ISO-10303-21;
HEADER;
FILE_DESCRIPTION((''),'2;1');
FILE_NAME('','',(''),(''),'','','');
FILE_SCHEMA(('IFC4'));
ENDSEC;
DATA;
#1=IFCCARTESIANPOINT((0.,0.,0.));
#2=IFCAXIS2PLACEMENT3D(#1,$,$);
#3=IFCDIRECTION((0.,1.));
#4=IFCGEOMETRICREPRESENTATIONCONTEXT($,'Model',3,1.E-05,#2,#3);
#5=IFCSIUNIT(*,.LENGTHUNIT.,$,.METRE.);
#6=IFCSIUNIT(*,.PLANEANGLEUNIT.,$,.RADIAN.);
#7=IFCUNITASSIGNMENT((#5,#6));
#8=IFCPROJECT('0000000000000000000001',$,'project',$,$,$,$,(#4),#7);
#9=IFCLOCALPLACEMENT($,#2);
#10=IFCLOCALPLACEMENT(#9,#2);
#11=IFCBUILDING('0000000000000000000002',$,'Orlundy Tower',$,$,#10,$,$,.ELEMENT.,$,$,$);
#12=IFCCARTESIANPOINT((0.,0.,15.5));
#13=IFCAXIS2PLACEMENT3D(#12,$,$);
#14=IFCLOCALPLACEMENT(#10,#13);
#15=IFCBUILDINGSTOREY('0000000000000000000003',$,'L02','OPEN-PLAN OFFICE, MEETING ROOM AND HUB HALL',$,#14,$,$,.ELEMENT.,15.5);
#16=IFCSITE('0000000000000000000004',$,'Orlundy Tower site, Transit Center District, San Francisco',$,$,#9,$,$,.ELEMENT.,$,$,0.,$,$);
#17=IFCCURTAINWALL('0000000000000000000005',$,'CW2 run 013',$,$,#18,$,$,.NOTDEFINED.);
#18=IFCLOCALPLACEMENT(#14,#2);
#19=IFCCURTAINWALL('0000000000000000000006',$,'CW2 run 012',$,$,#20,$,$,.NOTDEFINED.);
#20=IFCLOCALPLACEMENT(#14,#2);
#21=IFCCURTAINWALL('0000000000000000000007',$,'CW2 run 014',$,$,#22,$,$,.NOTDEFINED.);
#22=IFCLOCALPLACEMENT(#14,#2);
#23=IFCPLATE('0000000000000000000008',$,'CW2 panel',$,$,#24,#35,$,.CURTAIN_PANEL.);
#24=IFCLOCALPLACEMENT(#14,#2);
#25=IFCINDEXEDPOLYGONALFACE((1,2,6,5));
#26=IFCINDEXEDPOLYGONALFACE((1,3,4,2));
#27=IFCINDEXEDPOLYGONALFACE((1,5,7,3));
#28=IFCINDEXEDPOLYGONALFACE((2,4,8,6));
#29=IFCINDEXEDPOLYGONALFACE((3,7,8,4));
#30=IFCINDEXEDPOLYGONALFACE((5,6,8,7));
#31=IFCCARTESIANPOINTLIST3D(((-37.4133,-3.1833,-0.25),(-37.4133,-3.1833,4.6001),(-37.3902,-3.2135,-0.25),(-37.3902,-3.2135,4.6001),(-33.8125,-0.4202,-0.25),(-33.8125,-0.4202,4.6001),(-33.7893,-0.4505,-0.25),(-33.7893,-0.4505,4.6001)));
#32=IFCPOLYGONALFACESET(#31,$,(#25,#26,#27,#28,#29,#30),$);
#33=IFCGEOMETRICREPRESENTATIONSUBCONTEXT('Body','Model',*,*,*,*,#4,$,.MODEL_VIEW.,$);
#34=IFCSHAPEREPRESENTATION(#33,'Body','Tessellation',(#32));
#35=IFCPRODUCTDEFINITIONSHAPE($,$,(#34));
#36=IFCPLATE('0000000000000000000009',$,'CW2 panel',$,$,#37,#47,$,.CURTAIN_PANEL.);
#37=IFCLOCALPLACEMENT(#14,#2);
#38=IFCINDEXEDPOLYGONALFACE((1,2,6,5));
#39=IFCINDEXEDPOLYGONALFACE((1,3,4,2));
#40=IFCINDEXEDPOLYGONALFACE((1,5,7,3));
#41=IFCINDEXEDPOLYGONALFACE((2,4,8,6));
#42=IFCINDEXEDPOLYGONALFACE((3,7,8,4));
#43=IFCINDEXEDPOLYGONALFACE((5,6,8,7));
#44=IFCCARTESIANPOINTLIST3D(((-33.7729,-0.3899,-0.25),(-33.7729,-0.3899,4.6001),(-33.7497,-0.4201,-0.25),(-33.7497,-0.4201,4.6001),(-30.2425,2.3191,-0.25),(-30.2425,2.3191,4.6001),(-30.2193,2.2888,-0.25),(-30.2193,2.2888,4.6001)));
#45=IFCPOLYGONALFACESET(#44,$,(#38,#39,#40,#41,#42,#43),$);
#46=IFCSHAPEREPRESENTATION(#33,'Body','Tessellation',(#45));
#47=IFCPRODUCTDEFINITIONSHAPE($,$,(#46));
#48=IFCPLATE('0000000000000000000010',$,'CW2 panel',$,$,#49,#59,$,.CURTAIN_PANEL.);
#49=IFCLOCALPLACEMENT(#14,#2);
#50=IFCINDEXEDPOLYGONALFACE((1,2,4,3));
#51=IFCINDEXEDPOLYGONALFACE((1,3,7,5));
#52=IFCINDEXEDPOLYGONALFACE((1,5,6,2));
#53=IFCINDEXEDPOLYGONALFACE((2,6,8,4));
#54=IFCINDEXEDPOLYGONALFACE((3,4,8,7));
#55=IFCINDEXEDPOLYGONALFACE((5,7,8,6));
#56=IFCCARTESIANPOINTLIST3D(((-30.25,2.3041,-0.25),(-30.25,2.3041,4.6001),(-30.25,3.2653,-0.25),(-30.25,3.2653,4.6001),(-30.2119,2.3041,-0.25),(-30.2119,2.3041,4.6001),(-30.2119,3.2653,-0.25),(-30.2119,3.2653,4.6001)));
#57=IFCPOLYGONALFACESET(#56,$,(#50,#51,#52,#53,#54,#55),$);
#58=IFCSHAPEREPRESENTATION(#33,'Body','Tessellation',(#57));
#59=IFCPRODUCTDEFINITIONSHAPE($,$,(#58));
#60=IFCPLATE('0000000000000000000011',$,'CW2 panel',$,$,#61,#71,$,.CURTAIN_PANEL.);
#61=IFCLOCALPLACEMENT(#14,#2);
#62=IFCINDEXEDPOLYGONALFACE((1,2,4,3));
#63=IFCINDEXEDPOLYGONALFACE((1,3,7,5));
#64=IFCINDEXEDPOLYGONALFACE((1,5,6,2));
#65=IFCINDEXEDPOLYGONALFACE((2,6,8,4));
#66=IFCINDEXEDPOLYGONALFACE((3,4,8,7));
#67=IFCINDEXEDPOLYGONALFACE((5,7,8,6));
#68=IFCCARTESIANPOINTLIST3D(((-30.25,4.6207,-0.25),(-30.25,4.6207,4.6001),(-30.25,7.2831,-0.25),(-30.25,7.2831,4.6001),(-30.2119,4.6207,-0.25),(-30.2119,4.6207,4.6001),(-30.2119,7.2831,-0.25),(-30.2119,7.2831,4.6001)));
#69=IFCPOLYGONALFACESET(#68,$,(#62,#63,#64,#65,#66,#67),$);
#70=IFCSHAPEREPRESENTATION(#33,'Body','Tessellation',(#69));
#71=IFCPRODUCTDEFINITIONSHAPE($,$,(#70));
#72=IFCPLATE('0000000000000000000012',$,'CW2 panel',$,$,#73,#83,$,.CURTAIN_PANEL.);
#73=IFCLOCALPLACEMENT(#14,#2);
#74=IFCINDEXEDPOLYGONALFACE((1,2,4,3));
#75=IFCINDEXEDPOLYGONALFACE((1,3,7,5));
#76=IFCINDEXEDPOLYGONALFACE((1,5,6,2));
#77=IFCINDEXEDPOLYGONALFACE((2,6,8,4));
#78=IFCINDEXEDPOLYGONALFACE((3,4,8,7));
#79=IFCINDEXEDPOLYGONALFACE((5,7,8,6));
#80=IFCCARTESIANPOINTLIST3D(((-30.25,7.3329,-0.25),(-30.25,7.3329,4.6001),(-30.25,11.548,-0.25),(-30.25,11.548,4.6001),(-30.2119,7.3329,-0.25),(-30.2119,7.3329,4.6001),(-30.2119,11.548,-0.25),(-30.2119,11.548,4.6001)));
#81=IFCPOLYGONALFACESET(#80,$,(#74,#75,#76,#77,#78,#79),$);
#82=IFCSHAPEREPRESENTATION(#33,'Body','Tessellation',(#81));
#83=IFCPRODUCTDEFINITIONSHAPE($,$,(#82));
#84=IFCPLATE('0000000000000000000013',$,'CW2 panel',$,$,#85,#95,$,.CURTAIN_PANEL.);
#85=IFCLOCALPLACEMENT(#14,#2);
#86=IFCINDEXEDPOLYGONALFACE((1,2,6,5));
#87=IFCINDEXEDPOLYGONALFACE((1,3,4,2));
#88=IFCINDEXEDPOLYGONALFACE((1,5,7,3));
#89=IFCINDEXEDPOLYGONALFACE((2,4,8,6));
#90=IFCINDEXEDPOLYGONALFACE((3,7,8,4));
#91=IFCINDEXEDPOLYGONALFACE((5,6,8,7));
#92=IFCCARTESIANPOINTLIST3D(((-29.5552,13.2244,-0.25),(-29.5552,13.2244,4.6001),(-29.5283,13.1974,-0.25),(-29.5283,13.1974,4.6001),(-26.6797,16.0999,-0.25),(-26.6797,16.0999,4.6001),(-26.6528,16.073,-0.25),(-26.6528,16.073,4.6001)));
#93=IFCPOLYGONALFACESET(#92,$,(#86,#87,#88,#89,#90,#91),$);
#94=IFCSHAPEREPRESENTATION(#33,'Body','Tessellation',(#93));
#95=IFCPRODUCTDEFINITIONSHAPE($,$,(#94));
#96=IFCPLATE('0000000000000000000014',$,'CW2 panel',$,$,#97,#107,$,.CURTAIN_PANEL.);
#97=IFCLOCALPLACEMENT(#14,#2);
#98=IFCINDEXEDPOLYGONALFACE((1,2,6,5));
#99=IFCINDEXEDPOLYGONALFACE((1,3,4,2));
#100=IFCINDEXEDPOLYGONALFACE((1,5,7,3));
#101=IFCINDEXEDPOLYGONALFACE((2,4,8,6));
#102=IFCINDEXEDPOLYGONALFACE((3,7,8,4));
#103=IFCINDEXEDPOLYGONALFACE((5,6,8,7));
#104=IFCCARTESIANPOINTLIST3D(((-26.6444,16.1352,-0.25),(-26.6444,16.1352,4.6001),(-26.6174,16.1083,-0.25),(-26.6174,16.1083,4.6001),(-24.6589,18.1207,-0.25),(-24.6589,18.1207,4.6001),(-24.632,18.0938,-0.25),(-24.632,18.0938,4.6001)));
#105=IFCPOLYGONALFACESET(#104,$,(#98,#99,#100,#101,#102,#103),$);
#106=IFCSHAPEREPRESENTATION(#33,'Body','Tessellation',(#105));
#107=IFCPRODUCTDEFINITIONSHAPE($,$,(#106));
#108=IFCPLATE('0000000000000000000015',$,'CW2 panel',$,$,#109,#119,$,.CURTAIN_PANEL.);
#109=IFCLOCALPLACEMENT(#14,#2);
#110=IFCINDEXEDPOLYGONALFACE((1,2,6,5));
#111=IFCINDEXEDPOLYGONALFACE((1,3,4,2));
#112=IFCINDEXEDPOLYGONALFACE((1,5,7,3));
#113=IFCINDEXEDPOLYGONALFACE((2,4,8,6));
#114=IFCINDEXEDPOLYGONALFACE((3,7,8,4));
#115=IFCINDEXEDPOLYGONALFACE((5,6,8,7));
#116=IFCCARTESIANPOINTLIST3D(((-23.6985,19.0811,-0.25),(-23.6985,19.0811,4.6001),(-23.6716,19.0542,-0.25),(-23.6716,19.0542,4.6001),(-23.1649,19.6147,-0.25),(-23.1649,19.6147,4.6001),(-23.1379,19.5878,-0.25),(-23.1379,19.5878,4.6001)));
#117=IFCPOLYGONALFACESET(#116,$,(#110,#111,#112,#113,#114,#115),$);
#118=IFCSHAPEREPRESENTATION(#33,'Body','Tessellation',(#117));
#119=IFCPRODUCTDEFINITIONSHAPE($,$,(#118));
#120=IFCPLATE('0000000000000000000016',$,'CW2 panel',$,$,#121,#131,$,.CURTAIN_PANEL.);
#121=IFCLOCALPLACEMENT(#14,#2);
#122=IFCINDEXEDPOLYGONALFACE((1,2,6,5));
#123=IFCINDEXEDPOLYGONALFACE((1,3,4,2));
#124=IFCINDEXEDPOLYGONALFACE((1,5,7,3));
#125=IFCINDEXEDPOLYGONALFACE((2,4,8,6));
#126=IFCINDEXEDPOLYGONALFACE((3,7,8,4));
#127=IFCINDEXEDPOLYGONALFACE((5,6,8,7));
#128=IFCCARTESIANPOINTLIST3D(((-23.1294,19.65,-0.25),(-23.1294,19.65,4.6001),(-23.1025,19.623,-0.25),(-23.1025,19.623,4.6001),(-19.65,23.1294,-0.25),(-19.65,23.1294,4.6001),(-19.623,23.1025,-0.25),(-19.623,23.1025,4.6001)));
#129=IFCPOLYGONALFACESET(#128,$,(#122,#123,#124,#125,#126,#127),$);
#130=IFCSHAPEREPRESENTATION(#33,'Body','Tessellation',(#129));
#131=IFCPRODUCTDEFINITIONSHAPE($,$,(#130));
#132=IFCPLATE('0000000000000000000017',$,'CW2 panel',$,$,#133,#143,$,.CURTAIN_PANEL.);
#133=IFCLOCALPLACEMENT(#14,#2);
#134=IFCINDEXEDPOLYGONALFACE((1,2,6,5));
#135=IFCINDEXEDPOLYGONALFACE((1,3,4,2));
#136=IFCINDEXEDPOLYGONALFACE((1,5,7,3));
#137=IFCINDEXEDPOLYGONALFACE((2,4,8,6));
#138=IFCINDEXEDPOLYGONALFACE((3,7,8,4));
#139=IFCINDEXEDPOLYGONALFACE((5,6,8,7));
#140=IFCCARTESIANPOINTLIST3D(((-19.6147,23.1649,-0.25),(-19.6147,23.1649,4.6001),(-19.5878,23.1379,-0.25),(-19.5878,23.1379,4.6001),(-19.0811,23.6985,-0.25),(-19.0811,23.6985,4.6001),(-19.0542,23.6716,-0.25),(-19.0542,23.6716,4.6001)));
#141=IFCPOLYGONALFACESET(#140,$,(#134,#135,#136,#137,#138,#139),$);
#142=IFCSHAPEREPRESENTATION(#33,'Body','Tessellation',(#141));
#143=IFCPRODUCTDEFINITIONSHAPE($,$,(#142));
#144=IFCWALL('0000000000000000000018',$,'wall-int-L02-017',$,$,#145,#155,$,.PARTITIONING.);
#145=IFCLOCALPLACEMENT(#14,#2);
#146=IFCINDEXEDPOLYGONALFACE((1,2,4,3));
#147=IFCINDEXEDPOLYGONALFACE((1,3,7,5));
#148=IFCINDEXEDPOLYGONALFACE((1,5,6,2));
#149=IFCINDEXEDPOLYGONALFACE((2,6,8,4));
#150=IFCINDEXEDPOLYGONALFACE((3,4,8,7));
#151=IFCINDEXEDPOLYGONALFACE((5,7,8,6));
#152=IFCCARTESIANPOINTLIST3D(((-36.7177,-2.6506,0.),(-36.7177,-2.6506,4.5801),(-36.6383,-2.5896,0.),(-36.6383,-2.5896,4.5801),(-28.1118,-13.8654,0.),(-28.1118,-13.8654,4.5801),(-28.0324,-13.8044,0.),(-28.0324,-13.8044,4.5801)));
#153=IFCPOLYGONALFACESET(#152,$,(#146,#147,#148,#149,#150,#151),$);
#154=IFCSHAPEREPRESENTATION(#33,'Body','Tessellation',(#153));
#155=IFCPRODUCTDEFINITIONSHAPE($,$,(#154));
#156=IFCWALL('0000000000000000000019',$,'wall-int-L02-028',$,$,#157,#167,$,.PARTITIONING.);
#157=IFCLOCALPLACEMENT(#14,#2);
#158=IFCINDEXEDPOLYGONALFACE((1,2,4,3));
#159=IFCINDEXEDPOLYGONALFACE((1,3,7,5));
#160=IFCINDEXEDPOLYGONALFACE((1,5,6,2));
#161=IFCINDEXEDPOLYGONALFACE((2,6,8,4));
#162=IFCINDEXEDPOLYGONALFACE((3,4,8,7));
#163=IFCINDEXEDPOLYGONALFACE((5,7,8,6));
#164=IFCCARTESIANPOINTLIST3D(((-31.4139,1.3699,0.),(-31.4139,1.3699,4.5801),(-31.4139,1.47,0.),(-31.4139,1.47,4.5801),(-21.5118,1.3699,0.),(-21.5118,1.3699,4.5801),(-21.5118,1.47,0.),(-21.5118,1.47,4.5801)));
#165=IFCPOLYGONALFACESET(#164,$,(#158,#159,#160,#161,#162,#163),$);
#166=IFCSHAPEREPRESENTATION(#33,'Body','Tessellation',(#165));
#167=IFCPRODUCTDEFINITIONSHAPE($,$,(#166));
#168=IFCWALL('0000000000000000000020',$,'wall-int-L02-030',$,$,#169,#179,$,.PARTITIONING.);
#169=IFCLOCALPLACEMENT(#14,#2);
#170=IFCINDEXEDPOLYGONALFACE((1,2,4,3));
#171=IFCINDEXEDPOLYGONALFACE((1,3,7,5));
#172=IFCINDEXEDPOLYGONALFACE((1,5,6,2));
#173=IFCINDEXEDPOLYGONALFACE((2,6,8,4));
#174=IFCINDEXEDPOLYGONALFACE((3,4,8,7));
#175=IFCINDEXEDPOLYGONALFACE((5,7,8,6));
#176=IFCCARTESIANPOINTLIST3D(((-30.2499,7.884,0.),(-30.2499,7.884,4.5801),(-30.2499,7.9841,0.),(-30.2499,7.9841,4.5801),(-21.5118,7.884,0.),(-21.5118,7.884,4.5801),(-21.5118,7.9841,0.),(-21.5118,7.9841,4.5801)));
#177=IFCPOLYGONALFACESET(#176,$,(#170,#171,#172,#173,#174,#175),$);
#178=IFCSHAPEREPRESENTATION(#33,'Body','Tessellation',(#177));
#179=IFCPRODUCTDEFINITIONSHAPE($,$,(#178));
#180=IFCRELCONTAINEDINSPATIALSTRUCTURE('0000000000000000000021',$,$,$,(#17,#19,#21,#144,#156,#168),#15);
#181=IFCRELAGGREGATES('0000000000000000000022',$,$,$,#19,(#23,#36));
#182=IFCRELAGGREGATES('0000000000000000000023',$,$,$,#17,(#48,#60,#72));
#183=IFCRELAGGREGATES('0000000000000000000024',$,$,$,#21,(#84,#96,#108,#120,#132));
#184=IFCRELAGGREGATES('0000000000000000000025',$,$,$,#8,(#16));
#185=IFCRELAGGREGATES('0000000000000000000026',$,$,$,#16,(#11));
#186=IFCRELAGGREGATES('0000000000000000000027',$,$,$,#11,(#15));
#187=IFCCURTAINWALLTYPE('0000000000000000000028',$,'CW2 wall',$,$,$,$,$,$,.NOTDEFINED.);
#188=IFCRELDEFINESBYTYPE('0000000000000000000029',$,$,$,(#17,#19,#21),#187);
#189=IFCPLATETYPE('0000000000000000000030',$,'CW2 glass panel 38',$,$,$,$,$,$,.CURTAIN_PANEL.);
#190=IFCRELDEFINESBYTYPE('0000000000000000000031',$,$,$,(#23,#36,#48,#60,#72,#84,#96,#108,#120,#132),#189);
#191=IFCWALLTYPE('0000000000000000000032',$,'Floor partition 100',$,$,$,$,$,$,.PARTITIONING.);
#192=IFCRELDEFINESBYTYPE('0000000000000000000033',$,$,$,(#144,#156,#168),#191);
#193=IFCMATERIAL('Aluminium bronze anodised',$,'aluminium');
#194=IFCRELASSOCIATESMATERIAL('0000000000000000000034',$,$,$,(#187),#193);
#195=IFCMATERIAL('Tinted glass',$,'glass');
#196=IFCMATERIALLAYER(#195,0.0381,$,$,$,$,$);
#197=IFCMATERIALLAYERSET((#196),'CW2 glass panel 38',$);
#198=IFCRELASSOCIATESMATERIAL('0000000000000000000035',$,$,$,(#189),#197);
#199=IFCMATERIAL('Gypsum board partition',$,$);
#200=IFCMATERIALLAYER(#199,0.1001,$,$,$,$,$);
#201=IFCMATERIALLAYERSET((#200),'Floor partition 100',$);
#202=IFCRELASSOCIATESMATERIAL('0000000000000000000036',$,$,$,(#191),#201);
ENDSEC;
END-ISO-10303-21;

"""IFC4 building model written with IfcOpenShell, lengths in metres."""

from ifc_helpers import new_model, si_unit, direction, frame, frame_2d, origin, origin_2d, place, context, subcontext, project, spatial, rectangle, extrude, material, layer, layer_set, type_object, element, aggregate, save


model = new_model("IFC4")

# Units and contexts
model_context = context("Model", 3, precision=1e-05, world=origin(), true_north=direction((0.0, 1.0)))
body_context = subcontext(model_context, "Body", "Model", "MODEL_VIEW")
ifc_project = project(units=[si_unit("LENGTHUNIT", "METRE"), si_unit("PLANEANGLEUNIT", "RADIAN")], contexts=[model_context])

# Site, building, storey
site_placement = place(None, origin())
site = spatial("IfcSite", under=ifc_project, at=site_placement, Name="Orlundy Tower site, Transit Center District, San Francisco", CompositionType="ELEMENT", RefElevation=0.0)
building_placement = place(site_placement, origin())
building = spatial("IfcBuilding", under=site, at=building_placement, Name="Orlundy Tower", CompositionType="ELEMENT")
storey_placement = place(building_placement, frame((0.0, 0.0, 15.5)))
storey = spatial("IfcBuildingStorey", under=building, at=storey_placement, Name="L02", Description="OPEN-PLAN OFFICE, MEETING ROOM AND HUB HALL", CompositionType="ELEMENT", Elevation=15.5)

# Curtain wall
ifc_material_1 = material(Name="Aluminium bronze anodised", Category="aluminium")
curtain_wall_type = type_object("IfcCurtainWallType", Name="CW2 wall", PredefinedType="NOTDEFINED", material=ifc_material_1)
curtain_wall_1_placement = place(storey_placement, origin())
curtain_wall_1 = element("IfcCurtainWall", 1, at=curtain_wall_1_placement, inside=storey, type_object=curtain_wall_type, Name="CW2 run 013", PredefinedType="NOTDEFINED")

# Curtain wall
curtain_wall_2_placement = place(storey_placement, origin())
curtain_wall_2 = element("IfcCurtainWall", 2, at=curtain_wall_2_placement, inside=storey, type_object=curtain_wall_type, Name="CW2 run 012", PredefinedType="NOTDEFINED")

# Curtain wall
curtain_wall_3_placement = place(storey_placement, origin())
curtain_wall_3 = element("IfcCurtainWall", 3, at=curtain_wall_3_placement, inside=storey, type_object=curtain_wall_type, Name="CW2 run 014", PredefinedType="NOTDEFINED")

# Plates
ifc_material_2 = material(Name="Tinted glass", Category="glass")
ifc_layer_1 = layer(ifc_material_2, 0.0381)
ifc_layer_set_1 = layer_set([ifc_layer_1], Name="CW2 glass panel 38")
plate_type = type_object("IfcPlateType", Name="CW2 glass panel 38", PredefinedType="CURTAIN_PANEL", material=ifc_layer_set_1)
plate_1_placement = place(storey_placement, frame((-35.6013, -1.8169, -0.25), z_axis=(0.0, 0.0, 1.0), x_axis=(0.793348, 0.608768, 0.0)))
plate_1 = element("IfcPlate", 4, at=plate_1_placement, type_object=plate_type, Name="CW2 panel", PredefinedType="CURTAIN_PANEL", context=body_context, shape_type="SweptSolid", body=[
    extrude(rectangle(XDim=4.5388, YDim=0.0381, at=origin_2d()), origin(), (0.0, 0.0, 1.0), 4.8501),
])
plate_2_placement = place(storey_placement, frame((-31.9961, 0.9495, -0.25), z_axis=(0.0, 0.0, 1.0), x_axis=(0.793348, 0.608768, 0.0)))
plate_2 = element("IfcPlate", 5, at=plate_2_placement, type_object=plate_type, Name="CW2 panel", PredefinedType="CURTAIN_PANEL", context=body_context, shape_type="SweptSolid", body=[
    extrude(rectangle(XDim=4.45, YDim=0.0381, at=origin_2d()), origin(), (0.0, 0.0, 1.0), 4.8501),
])
aggregate(curtain_wall_2, [plate_1, plate_2])
plate_3_placement = place(storey_placement, frame((-30.231, 2.7847, -0.25), z_axis=(0.0, 0.0, 1.0), x_axis=(0.0, 1.0, 0.0)))
plate_3 = element("IfcPlate", 6, at=plate_3_placement, type_object=plate_type, Name="CW2 panel", PredefinedType="CURTAIN_PANEL", context=body_context, shape_type="SweptSolid", body=[
    extrude(rectangle(XDim=0.9612, YDim=0.0381, at=origin_2d()), origin(), (0.0, 0.0, 1.0), 4.8501),
])
plate_4_placement = place(storey_placement, frame((-30.231, 5.9519, -0.25), z_axis=(0.0, 0.0, 1.0), x_axis=(0.0, 1.0, 0.0)))
plate_4 = element("IfcPlate", 7, at=plate_4_placement, type_object=plate_type, Name="CW2 panel", PredefinedType="CURTAIN_PANEL", context=body_context, shape_type="SweptSolid", body=[
    extrude(rectangle(XDim=2.6624, YDim=0.0381, at=origin_2d()), origin(), (0.0, 0.0, 1.0), 4.8501),
])
plate_5_placement = place(storey_placement, frame((-30.231, 9.4404, -0.25), z_axis=(0.0, 0.0, 1.0), x_axis=(0.0, 1.0, 0.0)))
plate_5 = element("IfcPlate", 8, at=plate_5_placement, type_object=plate_type, Name="CW2 panel", PredefinedType="CURTAIN_PANEL", context=body_context, shape_type="SweptSolid", body=[
    extrude(rectangle(XDim=4.2151, YDim=0.0381, at=origin_2d()), origin(), (0.0, 0.0, 1.0), 4.8501),
])
aggregate(curtain_wall_1, [plate_3, plate_4, plate_5])
plate_6_placement = place(storey_placement, frame((-28.104, 14.6487, -0.25), z_axis=(0.0, 0.0, 1.0), x_axis=(0.707107, 0.707107, 0.0)))
plate_6 = element("IfcPlate", 9, at=plate_6_placement, type_object=plate_type, Name="CW2 panel", PredefinedType="CURTAIN_PANEL", context=body_context, shape_type="SweptSolid", body=[
    extrude(rectangle(XDim=4.0667, YDim=0.0381, at=origin_2d()), origin(), (0.0, 0.0, 1.0), 4.8501),
])
plate_7_placement = place(storey_placement, frame((-25.6382, 17.1145, -0.25), z_axis=(0.0, 0.0, 1.0), x_axis=(0.707107, 0.707107, 0.0)))
plate_7 = element("IfcPlate", 10, at=plate_7_placement, type_object=plate_type, Name="CW2 panel", PredefinedType="CURTAIN_PANEL", context=body_context, shape_type="SweptSolid", body=[
    extrude(rectangle(XDim=2.8079, YDim=0.0381, at=origin_2d()), origin(), (0.0, 0.0, 1.0), 4.8501),
])
plate_8_placement = place(storey_placement, frame((-23.4182, 19.3345, -0.25), z_axis=(0.0, 0.0, 1.0), x_axis=(0.707107, 0.707107, 0.0)))
plate_8 = element("IfcPlate", 11, at=plate_8_placement, type_object=plate_type, Name="CW2 panel", PredefinedType="CURTAIN_PANEL", context=body_context, shape_type="SweptSolid", body=[
    extrude(rectangle(XDim=0.7546, YDim=0.0381, at=origin_2d()), origin(), (0.0, 0.0, 1.0), 4.8501),
])
plate_9_placement = place(storey_placement, frame((-21.3762, 21.3762, -0.25), z_axis=(0.0, 0.0, 1.0), x_axis=(0.707107, 0.707107, 0.0)))
plate_9 = element("IfcPlate", 12, at=plate_9_placement, type_object=plate_type, Name="CW2 panel", PredefinedType="CURTAIN_PANEL", context=body_context, shape_type="SweptSolid", body=[
    extrude(rectangle(XDim=4.9207, YDim=0.0381, at=origin_2d()), origin(), (0.0, 0.0, 1.0), 4.8501),
])
plate_10_placement = place(storey_placement, frame((-19.3345, 23.4182, -0.25), z_axis=(0.0, 0.0, 1.0), x_axis=(0.707107, 0.707107, 0.0)))
plate_10 = element("IfcPlate", 13, at=plate_10_placement, type_object=plate_type, Name="CW2 panel", PredefinedType="CURTAIN_PANEL", context=body_context, shape_type="SweptSolid", body=[
    extrude(rectangle(XDim=0.7546, YDim=0.0381, at=origin_2d()), origin(), (0.0, 0.0, 1.0), 4.8501),
])
aggregate(curtain_wall_3, [plate_6, plate_7, plate_8, plate_9, plate_10])

# Walls
ifc_material_3 = material(Name="Gypsum board partition")
ifc_layer_2 = layer(ifc_material_3, 0.1001)
ifc_layer_set_2 = layer_set([ifc_layer_2], Name="Floor partition 100")
wall_type_1 = type_object("IfcWallType", Name="Floor partition 100", PredefinedType="PARTITIONING", material=ifc_layer_set_2)
wall_1_placement = place(storey_placement, frame((-36.678, -2.6201, 0.0), z_axis=(0.0, 0.0, 1.0), x_axis=(0.608784, -0.793336, 0.0)))
element("IfcWall", 14, at=wall_1_placement, inside=storey, type_object=wall_type_1, Name="wall-int-L02-017", PredefinedType="PARTITIONING", context=body_context, shape_type="SweptSolid", body=[
    extrude(rectangle(XDim=14.1362, YDim=0.1001, at=frame_2d((7.0681, 0.0))), origin(), (0.0, 0.0, 1.0), 4.5801),
])
wall_2_placement = place(storey_placement, frame((-31.4141, 1.4199, 0.0), z_axis=(0.0, 0.0, 1.0), x_axis=(1.0, 0.0, 0.0)))
element("IfcWall", 15, at=wall_2_placement, inside=storey, type_object=wall_type_1, Name="wall-int-L02-028", PredefinedType="PARTITIONING", context=body_context, shape_type="SweptSolid", body=[
    extrude(rectangle(XDim=9.9021, YDim=0.1001, at=frame_2d((4.9512, 0.0))), origin(), (0.0, 0.0, 1.0), 4.5801),
])
wall_3_placement = place(storey_placement, frame((-30.25, 7.9341, 0.0), z_axis=(0.0, 0.0, 1.0), x_axis=(1.0, 0.0, 0.0)))
element("IfcWall", 16, at=wall_3_placement, inside=storey, type_object=wall_type_1, Name="wall-int-L02-030", PredefinedType="PARTITIONING", context=body_context, shape_type="SweptSolid", body=[
    extrude(rectangle(XDim=8.738, YDim=0.1001, at=frame_2d((4.3691, 0.0))), origin(), (0.0, 0.0, 1.0), 4.5801),
])

save(model, "model.ifc")
